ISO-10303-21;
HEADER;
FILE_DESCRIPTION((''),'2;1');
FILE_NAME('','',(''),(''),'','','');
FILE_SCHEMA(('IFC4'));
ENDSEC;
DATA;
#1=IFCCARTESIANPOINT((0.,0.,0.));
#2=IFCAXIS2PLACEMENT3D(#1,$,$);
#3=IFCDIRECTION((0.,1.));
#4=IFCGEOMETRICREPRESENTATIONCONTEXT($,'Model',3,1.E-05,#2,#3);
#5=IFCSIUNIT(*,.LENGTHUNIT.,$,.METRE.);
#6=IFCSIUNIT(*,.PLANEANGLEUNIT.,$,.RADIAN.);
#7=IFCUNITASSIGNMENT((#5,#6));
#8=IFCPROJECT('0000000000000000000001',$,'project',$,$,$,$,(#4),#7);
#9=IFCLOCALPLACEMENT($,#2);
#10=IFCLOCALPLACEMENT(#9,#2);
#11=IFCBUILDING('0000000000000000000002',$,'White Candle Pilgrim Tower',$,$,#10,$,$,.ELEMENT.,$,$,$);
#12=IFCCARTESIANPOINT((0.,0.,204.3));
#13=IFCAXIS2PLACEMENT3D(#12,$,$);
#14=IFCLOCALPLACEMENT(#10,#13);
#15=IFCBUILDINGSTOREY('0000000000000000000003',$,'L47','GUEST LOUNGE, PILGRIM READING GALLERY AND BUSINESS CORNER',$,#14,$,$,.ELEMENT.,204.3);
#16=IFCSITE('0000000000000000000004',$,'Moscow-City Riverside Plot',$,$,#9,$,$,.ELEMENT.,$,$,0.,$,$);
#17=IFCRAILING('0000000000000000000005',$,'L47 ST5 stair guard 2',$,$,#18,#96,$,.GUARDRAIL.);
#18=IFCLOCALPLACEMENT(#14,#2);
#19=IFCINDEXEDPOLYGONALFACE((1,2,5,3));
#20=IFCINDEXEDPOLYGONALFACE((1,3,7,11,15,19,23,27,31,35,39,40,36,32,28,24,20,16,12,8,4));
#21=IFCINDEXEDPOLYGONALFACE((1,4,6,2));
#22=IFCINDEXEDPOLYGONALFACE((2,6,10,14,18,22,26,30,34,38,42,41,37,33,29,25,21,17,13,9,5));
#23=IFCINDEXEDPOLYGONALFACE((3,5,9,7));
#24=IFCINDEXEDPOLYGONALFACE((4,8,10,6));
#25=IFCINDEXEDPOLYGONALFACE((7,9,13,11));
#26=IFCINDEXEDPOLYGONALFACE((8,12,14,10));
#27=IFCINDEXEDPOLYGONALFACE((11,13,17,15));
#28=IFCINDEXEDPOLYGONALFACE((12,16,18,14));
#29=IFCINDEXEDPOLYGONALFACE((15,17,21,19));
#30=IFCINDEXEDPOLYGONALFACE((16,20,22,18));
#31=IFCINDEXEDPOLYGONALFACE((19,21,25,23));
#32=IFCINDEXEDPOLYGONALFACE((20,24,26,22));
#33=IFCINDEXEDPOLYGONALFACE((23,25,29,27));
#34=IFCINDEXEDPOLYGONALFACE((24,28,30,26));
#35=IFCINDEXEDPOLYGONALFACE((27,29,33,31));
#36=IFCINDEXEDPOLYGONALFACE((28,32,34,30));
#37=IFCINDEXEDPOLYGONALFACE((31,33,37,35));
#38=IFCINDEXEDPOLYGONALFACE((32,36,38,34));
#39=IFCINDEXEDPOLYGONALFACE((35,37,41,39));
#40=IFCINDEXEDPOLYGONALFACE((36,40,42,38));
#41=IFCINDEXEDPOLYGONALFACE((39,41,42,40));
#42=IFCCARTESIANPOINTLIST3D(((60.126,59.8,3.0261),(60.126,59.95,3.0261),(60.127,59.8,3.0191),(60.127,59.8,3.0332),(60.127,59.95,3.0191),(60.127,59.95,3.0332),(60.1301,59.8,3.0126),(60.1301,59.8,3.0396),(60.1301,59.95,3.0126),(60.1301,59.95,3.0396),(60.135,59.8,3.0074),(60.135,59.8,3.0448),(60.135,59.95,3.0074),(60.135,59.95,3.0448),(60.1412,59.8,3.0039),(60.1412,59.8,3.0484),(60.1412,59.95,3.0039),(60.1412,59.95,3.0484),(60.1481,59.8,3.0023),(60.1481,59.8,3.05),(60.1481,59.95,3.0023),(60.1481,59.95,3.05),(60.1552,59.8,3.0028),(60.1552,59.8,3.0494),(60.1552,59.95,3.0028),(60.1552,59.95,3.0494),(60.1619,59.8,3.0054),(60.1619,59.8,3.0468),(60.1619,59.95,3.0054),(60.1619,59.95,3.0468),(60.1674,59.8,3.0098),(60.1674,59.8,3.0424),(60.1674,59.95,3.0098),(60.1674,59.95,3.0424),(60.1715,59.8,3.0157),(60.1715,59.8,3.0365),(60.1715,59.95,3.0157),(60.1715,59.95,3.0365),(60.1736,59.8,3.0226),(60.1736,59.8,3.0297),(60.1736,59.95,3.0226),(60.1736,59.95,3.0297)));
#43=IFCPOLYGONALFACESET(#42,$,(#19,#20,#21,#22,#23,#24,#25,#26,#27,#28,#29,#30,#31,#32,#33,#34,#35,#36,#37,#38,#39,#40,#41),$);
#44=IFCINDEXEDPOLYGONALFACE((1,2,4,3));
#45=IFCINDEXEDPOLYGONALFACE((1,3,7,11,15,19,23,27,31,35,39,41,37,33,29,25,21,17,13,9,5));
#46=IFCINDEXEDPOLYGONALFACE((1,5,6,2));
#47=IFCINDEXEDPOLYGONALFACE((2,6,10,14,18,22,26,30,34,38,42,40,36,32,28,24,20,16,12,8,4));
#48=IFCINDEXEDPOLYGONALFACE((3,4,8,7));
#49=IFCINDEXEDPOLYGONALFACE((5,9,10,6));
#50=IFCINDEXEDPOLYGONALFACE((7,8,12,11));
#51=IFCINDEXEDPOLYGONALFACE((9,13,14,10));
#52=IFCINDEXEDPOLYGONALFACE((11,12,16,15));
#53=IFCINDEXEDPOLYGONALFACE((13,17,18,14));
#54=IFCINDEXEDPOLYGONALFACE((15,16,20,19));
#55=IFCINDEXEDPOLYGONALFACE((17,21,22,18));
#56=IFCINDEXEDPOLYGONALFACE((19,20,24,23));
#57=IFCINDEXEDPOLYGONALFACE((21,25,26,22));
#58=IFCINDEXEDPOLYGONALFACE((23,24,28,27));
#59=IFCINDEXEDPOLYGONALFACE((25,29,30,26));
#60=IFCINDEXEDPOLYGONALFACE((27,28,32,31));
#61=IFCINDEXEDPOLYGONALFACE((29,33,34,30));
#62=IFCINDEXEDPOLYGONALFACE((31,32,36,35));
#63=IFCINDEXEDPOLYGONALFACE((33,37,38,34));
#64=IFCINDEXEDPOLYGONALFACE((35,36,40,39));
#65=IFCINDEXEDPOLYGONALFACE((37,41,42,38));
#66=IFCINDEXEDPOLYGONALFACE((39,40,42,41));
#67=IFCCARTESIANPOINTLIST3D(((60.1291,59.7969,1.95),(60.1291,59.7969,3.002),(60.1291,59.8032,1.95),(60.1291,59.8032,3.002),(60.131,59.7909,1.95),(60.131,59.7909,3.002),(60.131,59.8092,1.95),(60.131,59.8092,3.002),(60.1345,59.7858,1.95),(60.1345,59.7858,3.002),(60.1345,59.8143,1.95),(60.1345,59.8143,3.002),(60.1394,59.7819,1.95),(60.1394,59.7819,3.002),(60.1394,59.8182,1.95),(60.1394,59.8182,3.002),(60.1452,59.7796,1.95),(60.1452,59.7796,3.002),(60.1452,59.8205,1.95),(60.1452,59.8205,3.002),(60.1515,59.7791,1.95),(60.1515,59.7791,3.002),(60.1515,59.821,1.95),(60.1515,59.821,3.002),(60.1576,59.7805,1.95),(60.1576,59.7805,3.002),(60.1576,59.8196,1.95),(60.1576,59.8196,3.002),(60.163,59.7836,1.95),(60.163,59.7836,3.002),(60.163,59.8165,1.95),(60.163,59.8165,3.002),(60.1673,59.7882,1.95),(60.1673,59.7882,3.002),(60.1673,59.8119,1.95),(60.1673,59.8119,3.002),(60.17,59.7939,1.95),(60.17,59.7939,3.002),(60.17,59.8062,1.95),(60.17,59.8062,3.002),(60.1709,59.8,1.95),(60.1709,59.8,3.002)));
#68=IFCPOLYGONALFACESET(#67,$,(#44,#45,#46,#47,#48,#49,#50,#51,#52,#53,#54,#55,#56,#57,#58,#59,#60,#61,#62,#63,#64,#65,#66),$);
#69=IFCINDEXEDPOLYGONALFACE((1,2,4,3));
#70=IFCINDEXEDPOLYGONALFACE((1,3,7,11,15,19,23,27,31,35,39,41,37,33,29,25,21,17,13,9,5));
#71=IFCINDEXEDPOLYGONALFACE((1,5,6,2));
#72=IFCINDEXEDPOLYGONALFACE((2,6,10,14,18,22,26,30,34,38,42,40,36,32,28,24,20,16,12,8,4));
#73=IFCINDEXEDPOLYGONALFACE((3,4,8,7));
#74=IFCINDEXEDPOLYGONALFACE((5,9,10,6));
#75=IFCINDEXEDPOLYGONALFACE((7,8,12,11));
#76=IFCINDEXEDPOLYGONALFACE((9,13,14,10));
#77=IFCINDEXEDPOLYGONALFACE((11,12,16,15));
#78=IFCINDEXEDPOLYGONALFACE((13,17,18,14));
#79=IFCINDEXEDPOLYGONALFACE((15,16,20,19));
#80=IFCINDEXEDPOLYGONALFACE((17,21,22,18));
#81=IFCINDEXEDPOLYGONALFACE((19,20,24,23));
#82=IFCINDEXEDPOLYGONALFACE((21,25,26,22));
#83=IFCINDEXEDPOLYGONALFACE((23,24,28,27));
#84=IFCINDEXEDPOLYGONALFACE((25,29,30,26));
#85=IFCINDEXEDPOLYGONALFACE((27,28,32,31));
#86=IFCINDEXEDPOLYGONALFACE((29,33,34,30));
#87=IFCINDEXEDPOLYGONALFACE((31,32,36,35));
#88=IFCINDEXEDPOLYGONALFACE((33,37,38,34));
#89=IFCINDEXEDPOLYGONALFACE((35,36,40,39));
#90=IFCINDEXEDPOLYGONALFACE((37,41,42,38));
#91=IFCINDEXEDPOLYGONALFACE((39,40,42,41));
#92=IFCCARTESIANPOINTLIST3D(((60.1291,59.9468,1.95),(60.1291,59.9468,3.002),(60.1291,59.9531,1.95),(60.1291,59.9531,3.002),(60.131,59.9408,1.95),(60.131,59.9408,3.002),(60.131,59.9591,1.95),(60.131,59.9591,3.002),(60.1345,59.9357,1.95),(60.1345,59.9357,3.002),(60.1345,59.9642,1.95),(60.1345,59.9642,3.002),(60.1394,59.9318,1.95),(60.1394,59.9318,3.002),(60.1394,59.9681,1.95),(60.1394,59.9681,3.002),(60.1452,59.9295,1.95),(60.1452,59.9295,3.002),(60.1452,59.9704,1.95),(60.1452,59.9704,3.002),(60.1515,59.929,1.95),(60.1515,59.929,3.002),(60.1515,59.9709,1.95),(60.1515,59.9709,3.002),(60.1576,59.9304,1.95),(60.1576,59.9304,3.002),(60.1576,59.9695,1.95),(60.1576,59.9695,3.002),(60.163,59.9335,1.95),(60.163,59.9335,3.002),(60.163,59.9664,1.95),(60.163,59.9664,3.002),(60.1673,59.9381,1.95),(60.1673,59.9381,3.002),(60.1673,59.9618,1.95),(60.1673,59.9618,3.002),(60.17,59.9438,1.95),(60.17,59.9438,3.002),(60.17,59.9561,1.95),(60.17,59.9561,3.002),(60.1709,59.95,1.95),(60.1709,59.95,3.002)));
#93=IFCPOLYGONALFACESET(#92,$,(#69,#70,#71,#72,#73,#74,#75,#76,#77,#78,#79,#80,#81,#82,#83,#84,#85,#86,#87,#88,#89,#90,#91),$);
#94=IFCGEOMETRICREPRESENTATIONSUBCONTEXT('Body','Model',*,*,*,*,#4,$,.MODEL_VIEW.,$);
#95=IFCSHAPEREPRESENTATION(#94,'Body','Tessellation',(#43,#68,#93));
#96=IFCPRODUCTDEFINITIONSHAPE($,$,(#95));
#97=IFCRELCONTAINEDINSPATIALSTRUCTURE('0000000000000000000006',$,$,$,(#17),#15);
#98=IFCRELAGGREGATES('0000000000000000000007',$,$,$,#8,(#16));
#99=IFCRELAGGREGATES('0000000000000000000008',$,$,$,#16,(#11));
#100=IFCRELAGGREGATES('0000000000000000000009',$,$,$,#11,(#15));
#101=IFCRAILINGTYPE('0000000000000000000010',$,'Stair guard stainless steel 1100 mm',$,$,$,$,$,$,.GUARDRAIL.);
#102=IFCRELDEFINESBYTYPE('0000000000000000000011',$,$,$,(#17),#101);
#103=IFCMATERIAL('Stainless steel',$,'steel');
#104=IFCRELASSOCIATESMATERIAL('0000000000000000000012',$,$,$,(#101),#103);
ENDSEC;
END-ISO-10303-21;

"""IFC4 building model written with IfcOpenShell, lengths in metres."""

from ifc_helpers import new_model, si_unit, direction, frame, origin, origin_2d, place, context, subcontext, project, spatial, circle, extrude, material, type_object, element, save


model = new_model("IFC4")

# Units and contexts
model_context = context("Model", 3, precision=1e-05, world=origin(), true_north=direction((0.0, 1.0)))
body_context = subcontext(model_context, "Body", "Model", "MODEL_VIEW")
ifc_project = project(units=[si_unit("LENGTHUNIT", "METRE"), si_unit("PLANEANGLEUNIT", "RADIAN")], contexts=[model_context])

# Site, building, storey
site_placement = place(None, origin())
site = spatial("IfcSite", under=ifc_project, at=site_placement, Name="Moscow-City Riverside Plot", CompositionType="ELEMENT", RefElevation=0.0)
building_placement = place(site_placement, origin())
building = spatial("IfcBuilding", under=site, at=building_placement, Name="White Candle Pilgrim Tower", CompositionType="ELEMENT")
storey_placement = place(building_placement, frame((0.0, 0.0, 204.3)))
storey = spatial("IfcBuildingStorey", under=building, at=storey_placement, Name="L47", Description="GUEST LOUNGE, PILGRIM READING GALLERY AND BUSINESS CORNER", CompositionType="ELEMENT", Elevation=204.3)

# Railing
ifc_material_1 = material(Name="Stainless steel", Category="steel")
railing_type_1 = type_object("IfcRailingType", Name="Stair guard stainless steel 1100 mm", PredefinedType="GUARDRAIL", material=ifc_material_1)
railing_1_placement = place(storey_placement, frame((60.1499, 59.8, 1.95)))
element("IfcRailing", 1, at=railing_1_placement, inside=storey, type_object=railing_type_1, Name="L47 ST5 stair guard 2", PredefinedType="GUARDRAIL", context=body_context, shape_type="SweptSolid", body=[
    extrude(circle(Radius=0.0239, at=origin_2d()), frame((0.0, 0.0, 1.0762), z_axis=(0.0, 1.0, 0.0), x_axis=(-1.0, 0.0, 0.0)), (0.0, 0.0, 1.0), 0.1499),
    extrude(circle(Radius=0.021, at=origin_2d()), origin(), (0.0, 0.0, 1.0), 1.052),
    extrude(circle(Radius=0.021, at=origin_2d()), frame((0.0, 0.1499, 0.0)), (0.0, 0.0, 1.0), 1.052),
])

save(model, "model.ifc")
